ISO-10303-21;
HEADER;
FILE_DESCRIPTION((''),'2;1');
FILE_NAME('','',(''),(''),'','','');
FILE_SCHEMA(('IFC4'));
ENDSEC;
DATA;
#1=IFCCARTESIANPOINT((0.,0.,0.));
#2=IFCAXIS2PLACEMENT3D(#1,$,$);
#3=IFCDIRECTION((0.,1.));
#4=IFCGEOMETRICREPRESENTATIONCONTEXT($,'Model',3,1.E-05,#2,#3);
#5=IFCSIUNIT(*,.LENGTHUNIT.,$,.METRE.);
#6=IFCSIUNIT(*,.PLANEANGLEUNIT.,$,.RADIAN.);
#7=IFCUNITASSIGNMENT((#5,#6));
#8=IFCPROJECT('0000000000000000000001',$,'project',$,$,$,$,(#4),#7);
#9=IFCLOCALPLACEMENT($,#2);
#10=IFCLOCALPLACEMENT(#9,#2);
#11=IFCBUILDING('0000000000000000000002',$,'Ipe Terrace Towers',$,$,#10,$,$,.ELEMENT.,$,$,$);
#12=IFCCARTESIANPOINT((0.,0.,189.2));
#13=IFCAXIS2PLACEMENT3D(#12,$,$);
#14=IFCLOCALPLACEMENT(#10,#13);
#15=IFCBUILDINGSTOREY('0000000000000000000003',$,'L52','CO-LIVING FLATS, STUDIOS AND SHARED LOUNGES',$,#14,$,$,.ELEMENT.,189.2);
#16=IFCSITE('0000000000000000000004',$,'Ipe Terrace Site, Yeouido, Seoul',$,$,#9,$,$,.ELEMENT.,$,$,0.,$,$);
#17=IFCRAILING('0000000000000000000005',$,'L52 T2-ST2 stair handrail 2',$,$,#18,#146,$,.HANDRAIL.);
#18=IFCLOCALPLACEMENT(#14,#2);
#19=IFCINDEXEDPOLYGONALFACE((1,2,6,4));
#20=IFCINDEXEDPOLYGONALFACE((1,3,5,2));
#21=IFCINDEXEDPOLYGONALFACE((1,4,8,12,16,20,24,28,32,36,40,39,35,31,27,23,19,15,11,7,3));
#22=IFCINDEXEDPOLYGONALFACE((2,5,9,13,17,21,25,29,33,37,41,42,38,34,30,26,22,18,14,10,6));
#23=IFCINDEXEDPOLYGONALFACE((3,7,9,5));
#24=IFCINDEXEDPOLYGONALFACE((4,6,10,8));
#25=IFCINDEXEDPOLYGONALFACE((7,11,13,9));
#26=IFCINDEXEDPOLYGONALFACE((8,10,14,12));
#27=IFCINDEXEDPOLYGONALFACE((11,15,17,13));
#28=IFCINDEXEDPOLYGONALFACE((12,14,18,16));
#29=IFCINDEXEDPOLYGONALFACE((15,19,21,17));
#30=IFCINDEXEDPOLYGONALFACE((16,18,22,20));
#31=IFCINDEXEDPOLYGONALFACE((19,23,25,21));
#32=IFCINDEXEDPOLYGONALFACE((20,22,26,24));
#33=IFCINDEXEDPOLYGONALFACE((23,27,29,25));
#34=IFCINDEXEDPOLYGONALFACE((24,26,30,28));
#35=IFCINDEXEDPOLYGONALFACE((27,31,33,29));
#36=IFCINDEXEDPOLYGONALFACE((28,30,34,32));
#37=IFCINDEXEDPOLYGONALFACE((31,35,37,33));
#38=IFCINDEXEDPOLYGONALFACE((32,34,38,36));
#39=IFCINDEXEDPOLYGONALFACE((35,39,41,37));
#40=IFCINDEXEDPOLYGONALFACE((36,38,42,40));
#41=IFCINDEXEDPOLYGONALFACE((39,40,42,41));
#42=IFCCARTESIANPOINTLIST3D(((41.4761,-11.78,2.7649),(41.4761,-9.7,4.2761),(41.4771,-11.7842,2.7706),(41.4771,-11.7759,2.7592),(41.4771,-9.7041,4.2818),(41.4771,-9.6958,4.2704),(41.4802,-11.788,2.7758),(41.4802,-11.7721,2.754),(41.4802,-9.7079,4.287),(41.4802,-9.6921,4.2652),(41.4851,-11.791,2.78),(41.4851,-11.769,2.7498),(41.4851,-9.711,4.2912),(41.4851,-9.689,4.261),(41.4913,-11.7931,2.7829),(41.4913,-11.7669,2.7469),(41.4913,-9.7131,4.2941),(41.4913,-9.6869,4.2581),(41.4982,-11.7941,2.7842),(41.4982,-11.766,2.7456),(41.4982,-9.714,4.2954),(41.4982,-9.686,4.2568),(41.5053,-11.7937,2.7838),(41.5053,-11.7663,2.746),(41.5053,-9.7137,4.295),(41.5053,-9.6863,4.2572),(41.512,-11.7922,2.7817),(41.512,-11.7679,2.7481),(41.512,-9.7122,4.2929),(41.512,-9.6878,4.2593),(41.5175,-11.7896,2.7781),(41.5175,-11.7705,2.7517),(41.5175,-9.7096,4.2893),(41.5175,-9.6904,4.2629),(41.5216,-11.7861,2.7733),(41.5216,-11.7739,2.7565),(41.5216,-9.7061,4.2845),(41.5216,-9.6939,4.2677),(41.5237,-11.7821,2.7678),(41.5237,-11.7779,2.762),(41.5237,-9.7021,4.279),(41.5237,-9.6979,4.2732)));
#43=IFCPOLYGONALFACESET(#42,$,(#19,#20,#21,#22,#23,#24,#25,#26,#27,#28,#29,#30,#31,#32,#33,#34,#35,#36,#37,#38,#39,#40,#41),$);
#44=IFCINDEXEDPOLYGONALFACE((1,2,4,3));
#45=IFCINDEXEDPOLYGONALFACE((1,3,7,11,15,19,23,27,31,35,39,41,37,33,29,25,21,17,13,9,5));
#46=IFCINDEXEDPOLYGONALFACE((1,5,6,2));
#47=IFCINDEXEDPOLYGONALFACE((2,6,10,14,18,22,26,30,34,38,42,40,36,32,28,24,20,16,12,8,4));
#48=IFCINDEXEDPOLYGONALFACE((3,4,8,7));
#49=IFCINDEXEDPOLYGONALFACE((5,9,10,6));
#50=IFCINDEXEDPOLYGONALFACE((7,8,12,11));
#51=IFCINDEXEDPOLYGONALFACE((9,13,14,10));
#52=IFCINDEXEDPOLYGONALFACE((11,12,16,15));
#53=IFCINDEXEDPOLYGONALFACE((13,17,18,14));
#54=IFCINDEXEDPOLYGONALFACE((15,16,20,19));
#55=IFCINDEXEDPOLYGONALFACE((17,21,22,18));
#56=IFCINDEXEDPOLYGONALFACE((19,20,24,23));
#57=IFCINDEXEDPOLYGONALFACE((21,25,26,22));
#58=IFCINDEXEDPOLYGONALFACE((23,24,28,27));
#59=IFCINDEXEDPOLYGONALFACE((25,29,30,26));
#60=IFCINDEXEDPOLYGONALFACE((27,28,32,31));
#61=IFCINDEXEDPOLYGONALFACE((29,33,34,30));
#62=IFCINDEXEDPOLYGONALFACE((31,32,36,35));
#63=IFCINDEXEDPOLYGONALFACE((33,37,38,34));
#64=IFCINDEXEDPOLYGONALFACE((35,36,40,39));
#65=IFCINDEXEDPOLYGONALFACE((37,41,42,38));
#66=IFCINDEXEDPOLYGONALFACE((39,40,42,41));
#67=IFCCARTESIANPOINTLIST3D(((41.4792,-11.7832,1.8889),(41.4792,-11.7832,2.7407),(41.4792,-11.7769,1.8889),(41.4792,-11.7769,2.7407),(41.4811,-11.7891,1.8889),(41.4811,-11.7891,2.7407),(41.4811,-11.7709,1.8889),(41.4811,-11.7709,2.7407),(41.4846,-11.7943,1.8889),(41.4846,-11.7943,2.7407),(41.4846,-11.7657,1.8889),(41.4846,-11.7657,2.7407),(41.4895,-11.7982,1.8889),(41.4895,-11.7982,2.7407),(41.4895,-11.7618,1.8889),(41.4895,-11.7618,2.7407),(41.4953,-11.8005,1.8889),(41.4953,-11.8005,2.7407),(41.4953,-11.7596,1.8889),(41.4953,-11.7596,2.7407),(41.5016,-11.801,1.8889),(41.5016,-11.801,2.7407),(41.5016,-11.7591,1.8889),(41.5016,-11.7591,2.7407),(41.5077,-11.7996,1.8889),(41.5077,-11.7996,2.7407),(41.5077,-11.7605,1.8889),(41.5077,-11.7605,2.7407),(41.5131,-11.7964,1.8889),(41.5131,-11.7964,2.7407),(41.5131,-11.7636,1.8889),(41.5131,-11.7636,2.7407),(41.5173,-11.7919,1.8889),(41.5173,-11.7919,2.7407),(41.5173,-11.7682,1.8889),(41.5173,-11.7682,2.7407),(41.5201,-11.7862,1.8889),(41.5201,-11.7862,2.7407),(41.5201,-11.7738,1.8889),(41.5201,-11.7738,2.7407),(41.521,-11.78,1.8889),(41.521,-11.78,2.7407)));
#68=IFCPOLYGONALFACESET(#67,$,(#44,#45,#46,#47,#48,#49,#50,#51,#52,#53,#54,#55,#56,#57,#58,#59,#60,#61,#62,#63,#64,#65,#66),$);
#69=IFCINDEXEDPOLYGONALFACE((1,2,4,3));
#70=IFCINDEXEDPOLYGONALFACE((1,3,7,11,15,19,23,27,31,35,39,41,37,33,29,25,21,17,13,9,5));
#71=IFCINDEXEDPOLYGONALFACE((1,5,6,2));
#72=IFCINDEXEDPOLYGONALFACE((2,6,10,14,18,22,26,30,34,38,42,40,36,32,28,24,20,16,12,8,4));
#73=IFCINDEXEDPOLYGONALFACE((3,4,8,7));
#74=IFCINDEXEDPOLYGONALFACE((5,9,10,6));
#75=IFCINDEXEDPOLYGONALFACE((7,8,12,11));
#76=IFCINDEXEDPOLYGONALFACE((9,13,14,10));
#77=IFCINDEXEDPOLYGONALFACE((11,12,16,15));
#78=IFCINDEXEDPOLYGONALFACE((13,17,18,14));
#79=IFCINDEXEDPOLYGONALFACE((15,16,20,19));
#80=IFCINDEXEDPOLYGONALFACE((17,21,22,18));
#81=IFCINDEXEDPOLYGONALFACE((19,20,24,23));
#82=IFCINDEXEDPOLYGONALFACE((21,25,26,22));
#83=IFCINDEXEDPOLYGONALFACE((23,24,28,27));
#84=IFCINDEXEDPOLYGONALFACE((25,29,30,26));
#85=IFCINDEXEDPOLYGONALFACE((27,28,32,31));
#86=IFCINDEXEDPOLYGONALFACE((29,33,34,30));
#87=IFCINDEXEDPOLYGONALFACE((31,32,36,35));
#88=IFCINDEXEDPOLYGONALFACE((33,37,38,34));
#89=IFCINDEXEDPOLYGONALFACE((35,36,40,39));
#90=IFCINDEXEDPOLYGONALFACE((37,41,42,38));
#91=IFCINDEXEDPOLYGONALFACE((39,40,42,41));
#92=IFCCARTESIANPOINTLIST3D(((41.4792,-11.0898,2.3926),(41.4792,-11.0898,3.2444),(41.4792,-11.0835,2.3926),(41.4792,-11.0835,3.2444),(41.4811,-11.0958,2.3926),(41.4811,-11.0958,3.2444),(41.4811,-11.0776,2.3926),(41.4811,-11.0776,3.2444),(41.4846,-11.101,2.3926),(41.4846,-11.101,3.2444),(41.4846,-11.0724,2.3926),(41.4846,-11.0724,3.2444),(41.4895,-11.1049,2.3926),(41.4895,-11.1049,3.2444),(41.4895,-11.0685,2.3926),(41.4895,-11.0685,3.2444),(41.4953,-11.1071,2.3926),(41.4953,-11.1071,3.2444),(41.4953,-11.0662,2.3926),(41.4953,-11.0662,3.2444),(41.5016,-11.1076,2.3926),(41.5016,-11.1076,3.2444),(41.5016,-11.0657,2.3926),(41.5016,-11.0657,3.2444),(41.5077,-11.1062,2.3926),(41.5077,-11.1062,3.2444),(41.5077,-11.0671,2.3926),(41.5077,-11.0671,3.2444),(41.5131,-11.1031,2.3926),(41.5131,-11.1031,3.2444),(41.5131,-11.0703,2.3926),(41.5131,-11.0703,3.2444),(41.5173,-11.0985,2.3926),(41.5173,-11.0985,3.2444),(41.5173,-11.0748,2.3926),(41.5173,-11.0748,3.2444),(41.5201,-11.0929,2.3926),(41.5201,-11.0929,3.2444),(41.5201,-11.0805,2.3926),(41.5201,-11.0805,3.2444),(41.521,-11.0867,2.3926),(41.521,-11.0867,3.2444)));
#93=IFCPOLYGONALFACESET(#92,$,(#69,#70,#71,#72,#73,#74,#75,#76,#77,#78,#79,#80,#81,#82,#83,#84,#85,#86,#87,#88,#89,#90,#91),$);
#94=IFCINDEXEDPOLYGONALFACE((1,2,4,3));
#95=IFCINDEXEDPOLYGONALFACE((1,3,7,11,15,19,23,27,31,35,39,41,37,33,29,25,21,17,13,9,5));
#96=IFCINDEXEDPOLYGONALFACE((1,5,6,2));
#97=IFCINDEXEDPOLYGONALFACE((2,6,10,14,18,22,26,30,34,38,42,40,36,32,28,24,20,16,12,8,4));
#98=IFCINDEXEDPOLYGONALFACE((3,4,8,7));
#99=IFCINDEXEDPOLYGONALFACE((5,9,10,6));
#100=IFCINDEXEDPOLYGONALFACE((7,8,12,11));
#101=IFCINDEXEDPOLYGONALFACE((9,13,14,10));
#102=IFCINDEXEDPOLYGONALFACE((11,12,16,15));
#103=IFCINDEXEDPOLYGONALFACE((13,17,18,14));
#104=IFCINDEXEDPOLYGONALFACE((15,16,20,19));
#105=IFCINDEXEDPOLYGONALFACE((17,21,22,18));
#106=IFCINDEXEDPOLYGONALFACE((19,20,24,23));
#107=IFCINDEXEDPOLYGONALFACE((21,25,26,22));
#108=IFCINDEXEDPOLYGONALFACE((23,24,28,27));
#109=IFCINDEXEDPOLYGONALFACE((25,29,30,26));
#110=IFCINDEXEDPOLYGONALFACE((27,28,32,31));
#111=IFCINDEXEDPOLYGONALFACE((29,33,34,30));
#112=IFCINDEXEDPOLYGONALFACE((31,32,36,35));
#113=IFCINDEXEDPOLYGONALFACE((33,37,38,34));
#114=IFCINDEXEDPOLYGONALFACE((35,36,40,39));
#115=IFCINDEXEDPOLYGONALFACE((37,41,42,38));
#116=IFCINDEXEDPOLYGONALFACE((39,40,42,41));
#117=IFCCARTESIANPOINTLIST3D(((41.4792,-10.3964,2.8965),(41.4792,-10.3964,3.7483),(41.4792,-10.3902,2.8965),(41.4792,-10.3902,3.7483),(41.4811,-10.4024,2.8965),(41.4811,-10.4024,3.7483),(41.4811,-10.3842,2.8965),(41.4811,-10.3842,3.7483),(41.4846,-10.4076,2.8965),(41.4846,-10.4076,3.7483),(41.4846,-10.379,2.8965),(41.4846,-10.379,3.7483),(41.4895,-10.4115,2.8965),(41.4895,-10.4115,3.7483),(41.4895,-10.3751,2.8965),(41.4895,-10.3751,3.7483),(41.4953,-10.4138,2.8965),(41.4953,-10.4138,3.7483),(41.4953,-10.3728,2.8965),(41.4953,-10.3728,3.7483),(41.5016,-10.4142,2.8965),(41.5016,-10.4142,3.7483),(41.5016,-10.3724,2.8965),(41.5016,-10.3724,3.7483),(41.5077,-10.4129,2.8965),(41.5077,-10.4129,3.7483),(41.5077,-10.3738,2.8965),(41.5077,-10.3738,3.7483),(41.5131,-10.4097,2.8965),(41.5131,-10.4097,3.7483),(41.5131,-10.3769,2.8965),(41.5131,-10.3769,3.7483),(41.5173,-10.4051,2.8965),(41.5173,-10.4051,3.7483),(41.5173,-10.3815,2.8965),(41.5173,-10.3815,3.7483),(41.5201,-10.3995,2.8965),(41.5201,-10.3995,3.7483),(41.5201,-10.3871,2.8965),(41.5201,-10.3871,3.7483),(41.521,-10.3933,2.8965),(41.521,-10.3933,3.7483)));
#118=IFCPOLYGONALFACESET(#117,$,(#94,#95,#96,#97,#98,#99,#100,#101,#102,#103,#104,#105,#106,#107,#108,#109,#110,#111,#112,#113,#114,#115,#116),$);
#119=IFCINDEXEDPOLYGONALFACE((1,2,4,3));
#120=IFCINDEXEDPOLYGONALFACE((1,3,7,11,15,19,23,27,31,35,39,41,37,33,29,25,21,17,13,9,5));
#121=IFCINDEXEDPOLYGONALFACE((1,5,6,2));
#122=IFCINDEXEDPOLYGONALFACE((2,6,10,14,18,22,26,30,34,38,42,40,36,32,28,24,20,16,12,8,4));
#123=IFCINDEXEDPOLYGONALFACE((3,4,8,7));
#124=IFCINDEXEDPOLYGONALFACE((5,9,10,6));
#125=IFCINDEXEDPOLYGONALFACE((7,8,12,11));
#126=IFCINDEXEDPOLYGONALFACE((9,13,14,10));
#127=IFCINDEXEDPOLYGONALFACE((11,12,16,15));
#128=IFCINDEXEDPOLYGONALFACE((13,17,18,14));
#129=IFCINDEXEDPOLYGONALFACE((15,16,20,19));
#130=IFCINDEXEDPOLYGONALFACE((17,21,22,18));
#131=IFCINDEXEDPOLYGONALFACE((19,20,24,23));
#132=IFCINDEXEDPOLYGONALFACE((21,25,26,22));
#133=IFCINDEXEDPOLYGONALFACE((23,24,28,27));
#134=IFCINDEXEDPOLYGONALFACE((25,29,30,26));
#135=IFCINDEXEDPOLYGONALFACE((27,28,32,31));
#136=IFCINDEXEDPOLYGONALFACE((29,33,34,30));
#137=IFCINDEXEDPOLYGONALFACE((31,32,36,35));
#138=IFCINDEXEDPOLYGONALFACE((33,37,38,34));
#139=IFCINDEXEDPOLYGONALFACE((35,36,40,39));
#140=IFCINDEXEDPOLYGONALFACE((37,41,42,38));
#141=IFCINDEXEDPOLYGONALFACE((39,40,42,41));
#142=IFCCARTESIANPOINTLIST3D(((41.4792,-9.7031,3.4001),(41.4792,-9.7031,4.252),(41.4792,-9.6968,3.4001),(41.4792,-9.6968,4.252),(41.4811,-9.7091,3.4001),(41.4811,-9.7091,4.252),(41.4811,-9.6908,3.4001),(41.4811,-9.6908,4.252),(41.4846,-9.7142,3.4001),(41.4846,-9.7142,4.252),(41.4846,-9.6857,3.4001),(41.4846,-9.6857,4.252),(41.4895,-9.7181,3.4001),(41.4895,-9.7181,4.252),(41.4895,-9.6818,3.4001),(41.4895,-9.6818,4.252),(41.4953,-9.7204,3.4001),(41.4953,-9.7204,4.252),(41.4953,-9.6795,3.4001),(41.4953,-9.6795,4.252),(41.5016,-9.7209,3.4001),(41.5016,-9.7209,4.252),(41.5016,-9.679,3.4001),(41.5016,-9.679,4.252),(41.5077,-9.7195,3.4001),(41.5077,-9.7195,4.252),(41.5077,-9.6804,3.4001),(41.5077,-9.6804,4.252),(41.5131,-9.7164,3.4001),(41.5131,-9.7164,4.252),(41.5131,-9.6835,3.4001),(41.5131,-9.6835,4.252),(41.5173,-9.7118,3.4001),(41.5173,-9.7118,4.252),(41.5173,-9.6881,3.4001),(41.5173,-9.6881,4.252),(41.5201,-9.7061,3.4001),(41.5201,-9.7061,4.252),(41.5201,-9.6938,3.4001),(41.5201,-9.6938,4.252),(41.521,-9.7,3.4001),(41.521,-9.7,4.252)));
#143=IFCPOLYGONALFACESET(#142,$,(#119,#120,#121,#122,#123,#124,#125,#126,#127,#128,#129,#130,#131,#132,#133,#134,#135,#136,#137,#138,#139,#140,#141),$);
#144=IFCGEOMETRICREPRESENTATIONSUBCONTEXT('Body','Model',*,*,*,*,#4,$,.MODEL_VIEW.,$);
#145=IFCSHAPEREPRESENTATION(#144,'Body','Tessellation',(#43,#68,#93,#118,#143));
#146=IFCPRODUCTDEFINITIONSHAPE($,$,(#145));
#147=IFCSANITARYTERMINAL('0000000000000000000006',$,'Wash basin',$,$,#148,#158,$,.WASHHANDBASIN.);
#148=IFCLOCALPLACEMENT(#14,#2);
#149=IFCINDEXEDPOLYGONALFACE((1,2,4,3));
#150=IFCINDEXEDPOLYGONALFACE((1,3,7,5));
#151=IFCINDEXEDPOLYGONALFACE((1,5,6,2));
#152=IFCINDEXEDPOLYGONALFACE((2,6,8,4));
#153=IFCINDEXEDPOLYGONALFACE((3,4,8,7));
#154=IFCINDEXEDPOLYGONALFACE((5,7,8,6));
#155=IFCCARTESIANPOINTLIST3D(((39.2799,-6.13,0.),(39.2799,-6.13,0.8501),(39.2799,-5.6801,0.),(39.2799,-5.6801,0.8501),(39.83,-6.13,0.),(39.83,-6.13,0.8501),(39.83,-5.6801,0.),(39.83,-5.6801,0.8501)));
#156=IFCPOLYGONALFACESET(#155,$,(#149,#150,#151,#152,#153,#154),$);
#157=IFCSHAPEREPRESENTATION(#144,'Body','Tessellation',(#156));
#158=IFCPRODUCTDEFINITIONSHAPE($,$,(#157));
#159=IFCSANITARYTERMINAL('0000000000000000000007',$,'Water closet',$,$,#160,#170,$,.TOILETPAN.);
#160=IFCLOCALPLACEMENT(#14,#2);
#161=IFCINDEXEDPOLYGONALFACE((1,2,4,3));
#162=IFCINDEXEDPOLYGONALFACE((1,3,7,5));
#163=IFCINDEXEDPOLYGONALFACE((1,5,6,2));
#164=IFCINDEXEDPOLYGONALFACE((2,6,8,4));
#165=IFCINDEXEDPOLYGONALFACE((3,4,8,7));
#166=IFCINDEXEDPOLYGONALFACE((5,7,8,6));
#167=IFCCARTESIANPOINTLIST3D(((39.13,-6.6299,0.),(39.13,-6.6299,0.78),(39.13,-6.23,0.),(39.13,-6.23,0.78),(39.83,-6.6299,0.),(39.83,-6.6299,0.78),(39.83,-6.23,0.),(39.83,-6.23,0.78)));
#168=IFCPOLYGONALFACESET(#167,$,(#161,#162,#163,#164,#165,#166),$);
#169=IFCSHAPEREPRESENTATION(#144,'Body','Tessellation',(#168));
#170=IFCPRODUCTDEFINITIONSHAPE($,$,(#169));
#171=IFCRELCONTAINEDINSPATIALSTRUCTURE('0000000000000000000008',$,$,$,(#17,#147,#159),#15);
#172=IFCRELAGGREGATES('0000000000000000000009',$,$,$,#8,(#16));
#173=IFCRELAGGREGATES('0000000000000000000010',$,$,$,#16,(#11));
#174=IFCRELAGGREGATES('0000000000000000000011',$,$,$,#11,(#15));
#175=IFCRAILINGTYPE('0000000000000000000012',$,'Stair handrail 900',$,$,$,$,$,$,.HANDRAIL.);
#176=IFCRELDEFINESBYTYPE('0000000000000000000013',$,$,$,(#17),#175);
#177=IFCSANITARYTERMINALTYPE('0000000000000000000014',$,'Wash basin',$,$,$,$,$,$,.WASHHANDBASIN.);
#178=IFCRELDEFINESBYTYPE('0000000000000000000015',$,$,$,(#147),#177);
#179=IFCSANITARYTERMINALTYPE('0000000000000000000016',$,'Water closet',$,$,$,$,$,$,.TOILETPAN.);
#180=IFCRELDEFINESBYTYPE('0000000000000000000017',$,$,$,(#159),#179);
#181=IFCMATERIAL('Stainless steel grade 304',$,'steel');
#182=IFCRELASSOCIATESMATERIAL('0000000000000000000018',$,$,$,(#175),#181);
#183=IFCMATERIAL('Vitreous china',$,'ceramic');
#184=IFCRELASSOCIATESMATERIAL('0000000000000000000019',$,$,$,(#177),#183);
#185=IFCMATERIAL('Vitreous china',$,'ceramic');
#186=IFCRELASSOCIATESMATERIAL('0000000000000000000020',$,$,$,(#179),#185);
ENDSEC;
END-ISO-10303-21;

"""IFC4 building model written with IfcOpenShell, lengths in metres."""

from ifc_helpers import new_model, si_unit, direction, frame, origin, origin_2d, place, context, subcontext, project, spatial, rectangle, circle, extrude, material, type_object, element, save


model = new_model("IFC4")

# Units and contexts
model_context = context("Model", 3, precision=1e-05, world=origin(), true_north=direction((0.0, 1.0)))
body_context = subcontext(model_context, "Body", "Model", "MODEL_VIEW")
ifc_project = project(units=[si_unit("LENGTHUNIT", "METRE"), si_unit("PLANEANGLEUNIT", "RADIAN")], contexts=[model_context])

# Site, building, storey
site_placement = place(None, origin())
site = spatial("IfcSite", under=ifc_project, at=site_placement, Name="Ipe Terrace Site, Yeouido, Seoul", CompositionType="ELEMENT", RefElevation=0.0)
building_placement = place(site_placement, origin())
building = spatial("IfcBuilding", under=site, at=building_placement, Name="Ipe Terrace Towers", CompositionType="ELEMENT")
storey_placement = place(building_placement, frame((0.0, 0.0, 189.2)))
storey = spatial("IfcBuildingStorey", under=building, at=storey_placement, Name="L52", Description="CO-LIVING FLATS, STUDIOS AND SHARED LOUNGES", CompositionType="ELEMENT", Elevation=189.2)

# Railing
ifc_material_1 = material(Name="Stainless steel grade 304", Category="steel")
railing_type_1 = type_object("IfcRailingType", Name="Stair handrail 900", PredefinedType="HANDRAIL", material=ifc_material_1)
railing_1_placement = place(storey_placement, frame((41.5, -11.78, 1.8889)))
element("IfcRailing", 1, at=railing_1_placement, inside=storey, type_object=railing_type_1, Name="L52 T2-ST2 stair handrail 2", PredefinedType="HANDRAIL", context=body_context, shape_type="SweptSolid", body=[
    extrude(circle(Radius=0.0239, at=origin_2d()), frame((0.0, 0.0, 0.876), z_axis=(0.0, 0.809023, 0.587776), x_axis=(-1.0, 0.0, 0.0)), (0.0, 0.0, 1.0), 2.571),
    extrude(circle(Radius=0.021, at=origin_2d()), origin(), (0.0, 0.0, 1.0), 0.8518),
    extrude(circle(Radius=0.021, at=origin_2d()), frame((0.0, 0.6934, 0.5037)), (0.0, 0.0, 1.0), 0.8518),
    extrude(circle(Radius=0.021, at=origin_2d()), frame((0.0, 1.3867, 1.0076)), (0.0, 0.0, 1.0), 0.8518),
    extrude(circle(Radius=0.021, at=origin_2d()), frame((0.0, 2.0801, 1.5112)), (0.0, 0.0, 1.0), 0.8518),
])

# Sanitary terminals
ifc_material_2 = material(Name="Vitreous china", Category="ceramic")
sanitary_terminal_type_1 = type_object("IfcSanitaryTerminalType", Name="Wash basin", PredefinedType="WASHHANDBASIN", material=ifc_material_2)
sanitary_terminal_1_placement = place(storey_placement, frame((39.5549, -5.905, 0.0), z_axis=(0.0, 0.0, 1.0), x_axis=(-1.0, 0.0, 0.0)))
element("IfcSanitaryTerminal", 2, at=sanitary_terminal_1_placement, inside=storey, type_object=sanitary_terminal_type_1, Name="Wash basin", PredefinedType="WASHHANDBASIN", context=body_context, shape_type="SweptSolid", body=[
    extrude(rectangle(XDim=0.55, YDim=0.45, at=origin_2d()), origin(), (0.0, 0.0, 1.0), 0.8501),
])
ifc_material_3 = material(Name="Vitreous china", Category="ceramic")
sanitary_terminal_type_2 = type_object("IfcSanitaryTerminalType", Name="Water closet", PredefinedType="TOILETPAN", material=ifc_material_3)
sanitary_terminal_2_placement = place(storey_placement, frame((39.48, -6.4299, 0.0), z_axis=(0.0, 0.0, 1.0), x_axis=(-1.0, 0.0, 0.0)))
element("IfcSanitaryTerminal", 3, at=sanitary_terminal_2_placement, inside=storey, type_object=sanitary_terminal_type_2, Name="Water closet", PredefinedType="TOILETPAN", context=body_context, shape_type="SweptSolid", body=[
    extrude(rectangle(XDim=0.7, YDim=0.3999, at=origin_2d()), origin(), (0.0, 0.0, 1.0), 0.78),
])

save(model, "model.ifc")
